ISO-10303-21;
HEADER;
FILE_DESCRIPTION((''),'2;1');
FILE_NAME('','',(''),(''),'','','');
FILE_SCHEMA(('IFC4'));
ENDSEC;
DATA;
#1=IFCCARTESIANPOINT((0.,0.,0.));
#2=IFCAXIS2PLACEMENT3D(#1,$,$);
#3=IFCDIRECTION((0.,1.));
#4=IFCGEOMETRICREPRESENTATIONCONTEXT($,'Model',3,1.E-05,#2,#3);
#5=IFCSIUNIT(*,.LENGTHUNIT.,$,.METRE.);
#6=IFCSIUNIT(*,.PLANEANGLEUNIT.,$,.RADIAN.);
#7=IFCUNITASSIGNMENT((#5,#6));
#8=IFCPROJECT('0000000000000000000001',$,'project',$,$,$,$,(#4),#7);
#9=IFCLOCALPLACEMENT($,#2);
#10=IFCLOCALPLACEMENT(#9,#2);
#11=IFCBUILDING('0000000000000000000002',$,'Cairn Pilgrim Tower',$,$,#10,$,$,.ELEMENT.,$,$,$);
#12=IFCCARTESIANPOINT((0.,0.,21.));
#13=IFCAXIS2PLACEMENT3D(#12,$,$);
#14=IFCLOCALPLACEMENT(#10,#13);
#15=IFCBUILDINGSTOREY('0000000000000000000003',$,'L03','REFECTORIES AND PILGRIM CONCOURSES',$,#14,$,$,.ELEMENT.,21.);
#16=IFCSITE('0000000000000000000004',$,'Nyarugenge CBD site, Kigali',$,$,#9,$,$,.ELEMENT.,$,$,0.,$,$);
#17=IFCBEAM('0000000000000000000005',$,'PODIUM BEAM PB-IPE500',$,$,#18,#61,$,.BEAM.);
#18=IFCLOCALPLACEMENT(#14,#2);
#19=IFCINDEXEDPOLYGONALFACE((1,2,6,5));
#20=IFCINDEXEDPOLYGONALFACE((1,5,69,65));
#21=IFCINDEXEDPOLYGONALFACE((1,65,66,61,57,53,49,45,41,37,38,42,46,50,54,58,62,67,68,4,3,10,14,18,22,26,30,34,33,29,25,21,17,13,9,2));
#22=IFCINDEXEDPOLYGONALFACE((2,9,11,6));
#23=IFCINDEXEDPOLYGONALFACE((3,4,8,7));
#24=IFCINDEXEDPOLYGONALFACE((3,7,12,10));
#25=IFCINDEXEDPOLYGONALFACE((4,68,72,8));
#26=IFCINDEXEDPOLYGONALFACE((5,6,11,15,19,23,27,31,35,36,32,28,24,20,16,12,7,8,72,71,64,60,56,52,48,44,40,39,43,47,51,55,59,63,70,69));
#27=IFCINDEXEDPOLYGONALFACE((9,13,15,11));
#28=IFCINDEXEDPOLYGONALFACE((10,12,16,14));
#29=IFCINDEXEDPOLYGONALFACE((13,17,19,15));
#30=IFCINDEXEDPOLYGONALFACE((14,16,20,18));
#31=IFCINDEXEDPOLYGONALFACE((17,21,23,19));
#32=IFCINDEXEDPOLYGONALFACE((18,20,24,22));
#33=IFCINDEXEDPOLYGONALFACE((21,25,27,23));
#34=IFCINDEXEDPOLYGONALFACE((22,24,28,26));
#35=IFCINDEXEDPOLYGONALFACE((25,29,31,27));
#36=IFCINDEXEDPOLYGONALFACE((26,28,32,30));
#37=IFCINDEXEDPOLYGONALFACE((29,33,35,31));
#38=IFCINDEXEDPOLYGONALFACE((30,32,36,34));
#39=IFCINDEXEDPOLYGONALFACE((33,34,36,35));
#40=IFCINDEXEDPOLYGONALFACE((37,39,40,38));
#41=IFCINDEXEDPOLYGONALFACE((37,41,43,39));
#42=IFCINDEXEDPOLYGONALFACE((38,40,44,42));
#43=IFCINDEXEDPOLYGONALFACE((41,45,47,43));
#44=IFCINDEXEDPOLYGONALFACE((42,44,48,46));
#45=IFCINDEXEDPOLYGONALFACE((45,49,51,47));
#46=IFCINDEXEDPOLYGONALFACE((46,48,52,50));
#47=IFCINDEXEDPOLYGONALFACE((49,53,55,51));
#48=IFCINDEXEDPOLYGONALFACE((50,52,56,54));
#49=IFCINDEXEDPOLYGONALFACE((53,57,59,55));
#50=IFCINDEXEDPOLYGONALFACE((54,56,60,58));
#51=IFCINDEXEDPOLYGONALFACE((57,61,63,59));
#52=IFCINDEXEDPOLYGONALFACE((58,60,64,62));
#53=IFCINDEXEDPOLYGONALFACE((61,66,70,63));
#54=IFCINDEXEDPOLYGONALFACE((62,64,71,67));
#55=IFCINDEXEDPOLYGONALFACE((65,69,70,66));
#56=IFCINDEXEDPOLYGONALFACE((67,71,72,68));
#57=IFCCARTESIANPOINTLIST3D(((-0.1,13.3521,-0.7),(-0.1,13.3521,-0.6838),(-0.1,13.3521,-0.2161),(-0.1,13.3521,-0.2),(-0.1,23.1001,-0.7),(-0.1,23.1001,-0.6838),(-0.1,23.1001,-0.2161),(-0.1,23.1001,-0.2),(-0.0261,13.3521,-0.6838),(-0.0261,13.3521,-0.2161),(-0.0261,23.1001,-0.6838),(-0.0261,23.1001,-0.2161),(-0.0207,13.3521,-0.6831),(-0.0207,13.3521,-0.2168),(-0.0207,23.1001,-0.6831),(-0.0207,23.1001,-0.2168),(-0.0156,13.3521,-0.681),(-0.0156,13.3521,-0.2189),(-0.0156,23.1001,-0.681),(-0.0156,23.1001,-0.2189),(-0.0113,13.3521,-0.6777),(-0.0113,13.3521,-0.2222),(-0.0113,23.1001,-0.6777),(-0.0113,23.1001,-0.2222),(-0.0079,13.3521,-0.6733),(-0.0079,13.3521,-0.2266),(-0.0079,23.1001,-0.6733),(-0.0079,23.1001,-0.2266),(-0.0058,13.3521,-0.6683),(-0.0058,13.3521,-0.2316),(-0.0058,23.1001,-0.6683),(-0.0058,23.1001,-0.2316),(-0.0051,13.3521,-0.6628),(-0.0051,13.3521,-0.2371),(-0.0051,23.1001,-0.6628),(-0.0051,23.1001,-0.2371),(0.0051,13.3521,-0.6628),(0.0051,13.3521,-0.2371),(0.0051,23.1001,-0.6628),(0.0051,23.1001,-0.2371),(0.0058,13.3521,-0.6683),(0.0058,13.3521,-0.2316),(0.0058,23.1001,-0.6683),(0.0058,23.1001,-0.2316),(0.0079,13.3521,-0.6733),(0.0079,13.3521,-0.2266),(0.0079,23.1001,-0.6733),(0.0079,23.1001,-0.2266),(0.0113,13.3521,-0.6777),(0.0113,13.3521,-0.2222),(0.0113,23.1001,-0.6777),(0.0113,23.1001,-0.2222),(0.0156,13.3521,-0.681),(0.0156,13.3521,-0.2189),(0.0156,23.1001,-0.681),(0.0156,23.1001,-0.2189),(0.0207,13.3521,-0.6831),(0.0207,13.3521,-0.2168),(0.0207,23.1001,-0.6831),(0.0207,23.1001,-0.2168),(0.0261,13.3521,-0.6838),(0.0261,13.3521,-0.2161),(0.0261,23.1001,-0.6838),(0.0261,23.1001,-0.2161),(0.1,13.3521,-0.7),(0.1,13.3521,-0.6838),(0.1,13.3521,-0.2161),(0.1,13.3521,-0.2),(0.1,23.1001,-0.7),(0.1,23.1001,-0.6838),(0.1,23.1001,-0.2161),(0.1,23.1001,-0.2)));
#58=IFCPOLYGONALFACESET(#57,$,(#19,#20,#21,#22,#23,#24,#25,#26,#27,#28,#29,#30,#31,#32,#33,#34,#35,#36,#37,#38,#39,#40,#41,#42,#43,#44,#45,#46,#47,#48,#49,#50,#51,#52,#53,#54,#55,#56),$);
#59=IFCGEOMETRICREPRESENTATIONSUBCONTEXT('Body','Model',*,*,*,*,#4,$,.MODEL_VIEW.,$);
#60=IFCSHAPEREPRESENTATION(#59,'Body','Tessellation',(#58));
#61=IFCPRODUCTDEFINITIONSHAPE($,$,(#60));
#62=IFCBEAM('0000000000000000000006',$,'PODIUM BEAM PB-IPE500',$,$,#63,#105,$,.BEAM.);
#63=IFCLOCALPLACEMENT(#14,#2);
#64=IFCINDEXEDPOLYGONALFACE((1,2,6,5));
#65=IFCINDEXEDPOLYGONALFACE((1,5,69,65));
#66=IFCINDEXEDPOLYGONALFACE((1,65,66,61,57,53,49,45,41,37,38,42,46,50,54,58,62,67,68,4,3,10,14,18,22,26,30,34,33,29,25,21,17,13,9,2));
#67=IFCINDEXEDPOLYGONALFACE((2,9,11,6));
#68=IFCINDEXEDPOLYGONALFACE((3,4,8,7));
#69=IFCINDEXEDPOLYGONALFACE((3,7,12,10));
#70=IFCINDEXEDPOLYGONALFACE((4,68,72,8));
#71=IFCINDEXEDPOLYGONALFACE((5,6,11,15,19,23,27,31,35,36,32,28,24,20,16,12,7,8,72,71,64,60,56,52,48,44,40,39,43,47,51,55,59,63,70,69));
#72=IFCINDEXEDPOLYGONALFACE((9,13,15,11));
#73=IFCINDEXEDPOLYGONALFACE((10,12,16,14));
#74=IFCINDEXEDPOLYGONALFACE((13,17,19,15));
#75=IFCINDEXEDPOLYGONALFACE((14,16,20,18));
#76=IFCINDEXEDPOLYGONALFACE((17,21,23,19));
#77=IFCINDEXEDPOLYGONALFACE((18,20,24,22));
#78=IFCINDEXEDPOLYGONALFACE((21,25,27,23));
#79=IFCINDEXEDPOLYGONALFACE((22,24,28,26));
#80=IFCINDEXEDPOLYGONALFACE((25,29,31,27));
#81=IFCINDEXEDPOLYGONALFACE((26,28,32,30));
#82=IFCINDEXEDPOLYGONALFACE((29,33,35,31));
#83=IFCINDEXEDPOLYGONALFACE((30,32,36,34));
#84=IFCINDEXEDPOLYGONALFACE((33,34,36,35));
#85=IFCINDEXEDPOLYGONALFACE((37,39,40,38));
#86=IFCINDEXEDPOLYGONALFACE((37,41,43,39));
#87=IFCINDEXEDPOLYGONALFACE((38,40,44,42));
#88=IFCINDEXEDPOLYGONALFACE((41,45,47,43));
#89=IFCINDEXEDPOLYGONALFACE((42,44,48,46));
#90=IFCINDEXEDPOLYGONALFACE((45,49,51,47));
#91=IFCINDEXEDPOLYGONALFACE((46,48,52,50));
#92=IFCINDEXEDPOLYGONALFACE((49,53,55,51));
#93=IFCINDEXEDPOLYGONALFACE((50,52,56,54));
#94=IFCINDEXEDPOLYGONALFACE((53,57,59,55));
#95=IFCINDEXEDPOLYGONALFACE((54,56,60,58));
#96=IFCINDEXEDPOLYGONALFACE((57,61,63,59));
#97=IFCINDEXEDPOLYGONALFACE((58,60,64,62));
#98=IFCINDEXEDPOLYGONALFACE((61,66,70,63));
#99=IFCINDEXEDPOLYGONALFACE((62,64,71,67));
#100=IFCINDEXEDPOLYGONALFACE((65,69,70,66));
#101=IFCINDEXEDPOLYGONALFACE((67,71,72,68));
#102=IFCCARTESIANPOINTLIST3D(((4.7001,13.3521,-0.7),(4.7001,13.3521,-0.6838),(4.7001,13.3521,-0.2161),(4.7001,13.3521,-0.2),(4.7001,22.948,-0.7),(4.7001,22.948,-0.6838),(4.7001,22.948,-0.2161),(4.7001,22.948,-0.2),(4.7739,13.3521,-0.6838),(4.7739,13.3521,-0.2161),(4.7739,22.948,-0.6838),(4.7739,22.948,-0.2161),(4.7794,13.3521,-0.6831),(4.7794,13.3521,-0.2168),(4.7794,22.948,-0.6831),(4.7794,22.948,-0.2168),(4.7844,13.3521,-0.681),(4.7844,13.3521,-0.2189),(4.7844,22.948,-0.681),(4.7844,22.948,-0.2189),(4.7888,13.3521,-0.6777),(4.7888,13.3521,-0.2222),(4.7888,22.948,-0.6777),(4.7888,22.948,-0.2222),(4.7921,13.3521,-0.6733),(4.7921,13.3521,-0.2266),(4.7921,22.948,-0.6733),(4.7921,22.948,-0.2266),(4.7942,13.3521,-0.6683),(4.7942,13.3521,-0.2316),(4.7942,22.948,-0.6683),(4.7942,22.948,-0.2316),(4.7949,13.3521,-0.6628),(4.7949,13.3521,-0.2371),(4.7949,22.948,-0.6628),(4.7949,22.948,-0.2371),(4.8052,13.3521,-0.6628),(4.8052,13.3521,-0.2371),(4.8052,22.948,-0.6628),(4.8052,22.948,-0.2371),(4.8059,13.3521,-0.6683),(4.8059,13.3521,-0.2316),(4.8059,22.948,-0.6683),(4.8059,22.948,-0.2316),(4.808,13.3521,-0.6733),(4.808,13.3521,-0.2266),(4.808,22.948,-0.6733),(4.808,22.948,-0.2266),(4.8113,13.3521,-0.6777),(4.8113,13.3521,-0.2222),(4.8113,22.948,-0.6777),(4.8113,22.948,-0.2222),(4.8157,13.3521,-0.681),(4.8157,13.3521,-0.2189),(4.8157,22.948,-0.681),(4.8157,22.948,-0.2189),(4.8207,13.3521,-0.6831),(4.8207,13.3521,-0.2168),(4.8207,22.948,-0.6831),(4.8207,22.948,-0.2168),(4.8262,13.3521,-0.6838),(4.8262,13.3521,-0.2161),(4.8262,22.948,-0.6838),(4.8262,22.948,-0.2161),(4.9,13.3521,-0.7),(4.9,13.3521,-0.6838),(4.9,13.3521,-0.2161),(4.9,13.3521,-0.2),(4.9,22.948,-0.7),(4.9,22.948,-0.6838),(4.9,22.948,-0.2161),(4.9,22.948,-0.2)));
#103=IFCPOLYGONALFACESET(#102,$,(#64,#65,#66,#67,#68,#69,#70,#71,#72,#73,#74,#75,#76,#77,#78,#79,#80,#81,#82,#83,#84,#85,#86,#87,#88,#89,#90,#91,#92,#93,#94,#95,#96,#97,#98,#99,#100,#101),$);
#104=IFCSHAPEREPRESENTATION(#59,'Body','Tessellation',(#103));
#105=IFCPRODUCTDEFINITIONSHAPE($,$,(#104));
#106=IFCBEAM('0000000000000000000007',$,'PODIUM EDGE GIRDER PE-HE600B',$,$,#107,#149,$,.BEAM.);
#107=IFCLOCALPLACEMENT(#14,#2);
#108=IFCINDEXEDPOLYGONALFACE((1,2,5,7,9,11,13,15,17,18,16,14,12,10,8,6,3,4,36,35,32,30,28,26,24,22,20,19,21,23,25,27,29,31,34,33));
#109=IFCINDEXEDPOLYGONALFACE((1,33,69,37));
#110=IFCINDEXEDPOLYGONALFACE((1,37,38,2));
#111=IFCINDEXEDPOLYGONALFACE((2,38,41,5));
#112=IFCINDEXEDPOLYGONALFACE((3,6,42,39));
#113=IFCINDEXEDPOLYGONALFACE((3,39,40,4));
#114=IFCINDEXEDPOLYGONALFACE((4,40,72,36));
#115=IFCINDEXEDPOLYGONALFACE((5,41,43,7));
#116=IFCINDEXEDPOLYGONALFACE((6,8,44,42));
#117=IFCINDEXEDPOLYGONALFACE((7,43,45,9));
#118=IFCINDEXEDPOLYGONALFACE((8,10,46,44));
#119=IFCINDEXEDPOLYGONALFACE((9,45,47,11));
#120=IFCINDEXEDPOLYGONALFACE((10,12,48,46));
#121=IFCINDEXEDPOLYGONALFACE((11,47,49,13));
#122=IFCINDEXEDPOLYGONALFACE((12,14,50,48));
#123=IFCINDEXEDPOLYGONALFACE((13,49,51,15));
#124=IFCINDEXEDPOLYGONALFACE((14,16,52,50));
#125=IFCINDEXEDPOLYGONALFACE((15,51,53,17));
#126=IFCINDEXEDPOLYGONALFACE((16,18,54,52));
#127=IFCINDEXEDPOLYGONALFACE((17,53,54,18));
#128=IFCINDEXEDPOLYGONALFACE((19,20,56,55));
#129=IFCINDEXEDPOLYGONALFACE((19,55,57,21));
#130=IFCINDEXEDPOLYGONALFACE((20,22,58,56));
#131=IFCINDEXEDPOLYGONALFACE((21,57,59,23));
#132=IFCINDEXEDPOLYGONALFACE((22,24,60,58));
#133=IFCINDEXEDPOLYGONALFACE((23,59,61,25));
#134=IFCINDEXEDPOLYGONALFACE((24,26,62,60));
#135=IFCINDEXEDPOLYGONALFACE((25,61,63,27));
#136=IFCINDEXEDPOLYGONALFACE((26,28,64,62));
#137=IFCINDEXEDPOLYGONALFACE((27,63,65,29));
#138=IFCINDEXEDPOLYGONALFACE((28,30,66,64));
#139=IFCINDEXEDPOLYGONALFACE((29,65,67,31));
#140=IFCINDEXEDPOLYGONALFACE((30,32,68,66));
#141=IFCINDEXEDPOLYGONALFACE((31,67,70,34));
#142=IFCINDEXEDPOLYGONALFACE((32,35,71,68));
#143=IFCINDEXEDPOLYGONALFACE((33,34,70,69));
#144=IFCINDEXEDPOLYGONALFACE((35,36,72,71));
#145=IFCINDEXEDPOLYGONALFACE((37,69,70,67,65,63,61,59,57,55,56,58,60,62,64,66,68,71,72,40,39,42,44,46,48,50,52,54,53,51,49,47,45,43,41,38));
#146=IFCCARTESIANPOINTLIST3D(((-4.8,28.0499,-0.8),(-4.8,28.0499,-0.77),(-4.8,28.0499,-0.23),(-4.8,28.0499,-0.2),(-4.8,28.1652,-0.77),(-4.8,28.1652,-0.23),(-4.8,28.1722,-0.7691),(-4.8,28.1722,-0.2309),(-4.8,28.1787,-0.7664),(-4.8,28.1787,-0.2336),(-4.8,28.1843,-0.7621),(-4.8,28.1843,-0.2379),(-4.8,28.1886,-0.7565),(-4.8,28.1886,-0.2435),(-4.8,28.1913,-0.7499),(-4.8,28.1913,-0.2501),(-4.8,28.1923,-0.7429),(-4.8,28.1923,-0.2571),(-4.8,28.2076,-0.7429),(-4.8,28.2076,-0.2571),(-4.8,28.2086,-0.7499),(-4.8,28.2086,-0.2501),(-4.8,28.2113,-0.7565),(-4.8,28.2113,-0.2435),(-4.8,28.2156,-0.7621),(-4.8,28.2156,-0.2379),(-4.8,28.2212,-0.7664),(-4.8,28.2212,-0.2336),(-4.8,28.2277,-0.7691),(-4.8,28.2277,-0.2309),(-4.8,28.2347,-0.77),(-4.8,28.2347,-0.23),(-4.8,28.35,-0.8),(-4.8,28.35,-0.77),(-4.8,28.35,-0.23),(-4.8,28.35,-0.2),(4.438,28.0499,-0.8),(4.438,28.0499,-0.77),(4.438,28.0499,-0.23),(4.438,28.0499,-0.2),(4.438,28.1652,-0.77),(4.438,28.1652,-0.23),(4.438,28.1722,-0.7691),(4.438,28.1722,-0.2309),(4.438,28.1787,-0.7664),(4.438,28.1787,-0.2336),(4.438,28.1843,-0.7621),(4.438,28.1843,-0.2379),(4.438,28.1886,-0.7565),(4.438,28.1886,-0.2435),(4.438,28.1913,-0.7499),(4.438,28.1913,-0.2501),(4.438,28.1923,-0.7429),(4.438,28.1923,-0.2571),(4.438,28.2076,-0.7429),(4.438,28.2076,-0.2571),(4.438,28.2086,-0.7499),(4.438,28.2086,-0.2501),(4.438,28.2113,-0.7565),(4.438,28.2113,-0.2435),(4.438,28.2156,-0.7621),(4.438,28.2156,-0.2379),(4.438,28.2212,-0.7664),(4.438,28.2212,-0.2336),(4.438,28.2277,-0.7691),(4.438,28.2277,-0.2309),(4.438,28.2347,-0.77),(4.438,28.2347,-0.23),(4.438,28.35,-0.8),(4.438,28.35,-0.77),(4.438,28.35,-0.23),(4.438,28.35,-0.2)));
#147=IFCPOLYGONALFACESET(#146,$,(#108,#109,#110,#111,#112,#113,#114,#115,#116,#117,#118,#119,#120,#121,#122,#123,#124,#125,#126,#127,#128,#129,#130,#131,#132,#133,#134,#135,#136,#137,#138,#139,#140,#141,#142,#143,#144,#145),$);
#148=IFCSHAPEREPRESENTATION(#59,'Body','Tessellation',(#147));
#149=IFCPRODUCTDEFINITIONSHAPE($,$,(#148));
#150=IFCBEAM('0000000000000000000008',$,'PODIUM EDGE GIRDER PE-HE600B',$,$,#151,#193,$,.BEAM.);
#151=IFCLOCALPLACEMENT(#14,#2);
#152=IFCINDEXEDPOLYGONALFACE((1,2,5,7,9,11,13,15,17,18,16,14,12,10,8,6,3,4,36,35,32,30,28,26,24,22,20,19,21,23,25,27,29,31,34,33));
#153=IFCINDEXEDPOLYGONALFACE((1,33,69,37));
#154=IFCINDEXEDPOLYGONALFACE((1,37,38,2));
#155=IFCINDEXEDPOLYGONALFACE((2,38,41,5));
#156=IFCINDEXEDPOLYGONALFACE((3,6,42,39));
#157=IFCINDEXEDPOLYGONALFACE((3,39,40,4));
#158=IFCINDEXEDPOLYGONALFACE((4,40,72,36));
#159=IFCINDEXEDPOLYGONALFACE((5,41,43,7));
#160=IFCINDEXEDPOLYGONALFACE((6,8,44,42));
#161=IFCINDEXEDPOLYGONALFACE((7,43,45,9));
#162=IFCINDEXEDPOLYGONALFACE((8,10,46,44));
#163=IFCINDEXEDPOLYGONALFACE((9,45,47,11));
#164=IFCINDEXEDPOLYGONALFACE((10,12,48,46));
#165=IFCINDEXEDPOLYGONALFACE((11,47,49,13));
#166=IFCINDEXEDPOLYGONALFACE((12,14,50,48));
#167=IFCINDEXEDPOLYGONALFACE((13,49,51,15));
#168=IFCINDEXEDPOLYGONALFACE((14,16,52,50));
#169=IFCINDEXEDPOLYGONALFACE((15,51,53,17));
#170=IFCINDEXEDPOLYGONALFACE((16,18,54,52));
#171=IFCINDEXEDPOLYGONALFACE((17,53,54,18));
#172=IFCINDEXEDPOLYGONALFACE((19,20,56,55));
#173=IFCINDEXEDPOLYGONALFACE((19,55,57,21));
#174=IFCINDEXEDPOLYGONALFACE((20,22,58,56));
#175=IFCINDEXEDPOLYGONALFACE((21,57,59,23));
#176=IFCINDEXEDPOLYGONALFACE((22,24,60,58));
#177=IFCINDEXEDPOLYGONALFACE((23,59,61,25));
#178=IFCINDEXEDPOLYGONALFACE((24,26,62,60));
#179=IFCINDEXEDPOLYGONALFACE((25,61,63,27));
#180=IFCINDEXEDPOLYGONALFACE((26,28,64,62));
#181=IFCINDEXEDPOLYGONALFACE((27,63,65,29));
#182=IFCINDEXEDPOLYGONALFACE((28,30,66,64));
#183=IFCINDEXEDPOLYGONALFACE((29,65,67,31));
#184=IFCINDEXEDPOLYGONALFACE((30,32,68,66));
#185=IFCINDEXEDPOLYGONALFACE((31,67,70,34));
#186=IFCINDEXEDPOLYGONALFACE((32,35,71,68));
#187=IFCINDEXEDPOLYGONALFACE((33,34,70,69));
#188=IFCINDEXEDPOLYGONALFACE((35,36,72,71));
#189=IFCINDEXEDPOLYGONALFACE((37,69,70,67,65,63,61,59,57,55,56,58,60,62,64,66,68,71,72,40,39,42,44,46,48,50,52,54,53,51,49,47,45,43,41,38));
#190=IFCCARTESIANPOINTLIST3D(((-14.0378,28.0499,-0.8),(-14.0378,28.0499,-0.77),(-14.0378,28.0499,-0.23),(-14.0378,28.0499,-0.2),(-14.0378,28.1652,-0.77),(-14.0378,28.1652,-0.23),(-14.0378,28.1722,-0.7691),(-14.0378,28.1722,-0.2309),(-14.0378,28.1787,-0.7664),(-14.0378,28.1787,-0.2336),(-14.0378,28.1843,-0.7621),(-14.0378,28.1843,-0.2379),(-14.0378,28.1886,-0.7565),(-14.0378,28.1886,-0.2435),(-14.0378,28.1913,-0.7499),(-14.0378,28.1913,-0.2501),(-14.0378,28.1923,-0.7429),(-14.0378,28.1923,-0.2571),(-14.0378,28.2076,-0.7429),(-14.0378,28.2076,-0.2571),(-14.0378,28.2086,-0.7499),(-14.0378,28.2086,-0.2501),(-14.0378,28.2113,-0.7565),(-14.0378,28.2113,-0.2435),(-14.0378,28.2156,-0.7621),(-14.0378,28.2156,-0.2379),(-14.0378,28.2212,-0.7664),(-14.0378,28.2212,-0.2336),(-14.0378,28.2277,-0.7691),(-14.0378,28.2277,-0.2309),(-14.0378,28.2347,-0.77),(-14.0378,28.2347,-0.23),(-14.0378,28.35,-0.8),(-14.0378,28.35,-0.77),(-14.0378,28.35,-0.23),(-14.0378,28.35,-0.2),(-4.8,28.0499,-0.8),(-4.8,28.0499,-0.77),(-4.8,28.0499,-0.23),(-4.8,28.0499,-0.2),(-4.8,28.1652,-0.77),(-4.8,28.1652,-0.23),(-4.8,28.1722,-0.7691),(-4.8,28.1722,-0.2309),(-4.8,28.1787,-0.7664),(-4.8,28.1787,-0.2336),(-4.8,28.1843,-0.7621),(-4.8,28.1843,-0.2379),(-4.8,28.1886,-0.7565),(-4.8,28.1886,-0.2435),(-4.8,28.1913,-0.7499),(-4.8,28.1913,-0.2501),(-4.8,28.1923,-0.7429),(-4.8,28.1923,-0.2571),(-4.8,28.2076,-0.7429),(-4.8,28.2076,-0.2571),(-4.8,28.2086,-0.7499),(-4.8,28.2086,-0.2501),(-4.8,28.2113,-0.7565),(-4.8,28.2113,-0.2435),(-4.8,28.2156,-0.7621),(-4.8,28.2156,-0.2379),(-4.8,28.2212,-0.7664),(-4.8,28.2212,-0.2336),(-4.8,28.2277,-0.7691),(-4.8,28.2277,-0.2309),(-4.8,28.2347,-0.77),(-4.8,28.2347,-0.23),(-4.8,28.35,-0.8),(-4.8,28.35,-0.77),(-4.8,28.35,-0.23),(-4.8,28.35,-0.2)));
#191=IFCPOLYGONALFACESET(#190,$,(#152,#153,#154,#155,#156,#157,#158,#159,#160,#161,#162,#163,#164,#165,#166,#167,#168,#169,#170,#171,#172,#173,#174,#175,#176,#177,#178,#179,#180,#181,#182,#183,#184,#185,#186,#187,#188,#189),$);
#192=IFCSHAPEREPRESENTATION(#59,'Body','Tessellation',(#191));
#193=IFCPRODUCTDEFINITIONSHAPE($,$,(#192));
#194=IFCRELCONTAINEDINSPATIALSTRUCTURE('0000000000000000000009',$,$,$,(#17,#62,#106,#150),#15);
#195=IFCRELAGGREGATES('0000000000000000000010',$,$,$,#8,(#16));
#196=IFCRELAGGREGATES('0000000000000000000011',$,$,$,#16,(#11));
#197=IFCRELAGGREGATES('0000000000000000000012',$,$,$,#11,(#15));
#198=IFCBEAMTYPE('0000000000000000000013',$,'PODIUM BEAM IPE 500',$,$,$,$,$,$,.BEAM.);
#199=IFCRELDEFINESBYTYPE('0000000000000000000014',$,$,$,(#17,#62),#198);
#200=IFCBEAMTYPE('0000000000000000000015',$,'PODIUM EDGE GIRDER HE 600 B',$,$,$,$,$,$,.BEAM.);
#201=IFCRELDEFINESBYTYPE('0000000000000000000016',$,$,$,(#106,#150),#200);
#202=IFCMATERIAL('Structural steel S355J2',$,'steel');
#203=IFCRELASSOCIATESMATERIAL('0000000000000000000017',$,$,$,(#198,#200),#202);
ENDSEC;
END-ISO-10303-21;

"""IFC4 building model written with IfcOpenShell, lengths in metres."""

from ifc_helpers import new_model, si_unit, direction, frame, origin, origin_2d, place, context, subcontext, project, spatial, i_section, extrude, material, material_profile, profile_set, type_object, element, save


model = new_model("IFC4")

# Units and contexts
model_context = context("Model", 3, precision=1e-05, world=origin(), true_north=direction((0.0, 1.0)))
body_context = subcontext(model_context, "Body", "Model", "MODEL_VIEW")
ifc_project = project(units=[si_unit("LENGTHUNIT", "METRE"), si_unit("PLANEANGLEUNIT", "RADIAN")], contexts=[model_context])

# Site, building, storey
site_placement = place(None, origin())
site = spatial("IfcSite", under=ifc_project, at=site_placement, Name="Nyarugenge CBD site, Kigali", CompositionType="ELEMENT", RefElevation=0.0)
building_placement = place(site_placement, origin())
building = spatial("IfcBuilding", under=site, at=building_placement, Name="Cairn Pilgrim Tower", CompositionType="ELEMENT")
storey_placement = place(building_placement, frame((0.0, 0.0, 21.0)))
storey = spatial("IfcBuildingStorey", under=building, at=storey_placement, Name="L03", Description="REFECTORIES AND PILGRIM CONCOURSES", CompositionType="ELEMENT", Elevation=21.0)

# Beams
ifc_material_1 = material(Name="Structural steel S355J2", Category="steel")
ifc_material_profile_1 = material_profile(ifc_material_1, i_section(OverallWidth=0.2, OverallDepth=0.5, WebThickness=0.0103, FlangeThickness=0.0161, FilletRadius=0.021, at=origin_2d()), Name="IPE 500")
ifc_profile_set_1 = profile_set([ifc_material_profile_1], Name="Structural steel S355J2")
beam_type_1 = type_object("IfcBeamType", Name="PODIUM BEAM IPE 500", PredefinedType="BEAM", material=ifc_profile_set_1)
beam_1_placement = place(storey_placement, frame((0.0, 13.3521, -0.45), z_axis=(0.0, 1.0, 0.0), x_axis=(-1.0, 0.0, 0.0)))
element("IfcBeam", 1, at=beam_1_placement, inside=storey, type_object=beam_type_1, Name="PODIUM BEAM PB-IPE500", PredefinedType="BEAM", context=body_context, shape_type="SweptSolid", body=[
    extrude(i_section(OverallWidth=0.2, OverallDepth=0.5, WebThickness=0.0103, FlangeThickness=0.0161, FilletRadius=0.021, at=origin_2d()), origin(), (0.0, 0.0, 1.0), 9.748),
])
beam_2_placement = place(storey_placement, frame((4.8, 13.3521, -0.45), z_axis=(0.0, 1.0, 0.0), x_axis=(-1.0, 0.0, 0.0)))
element("IfcBeam", 2, at=beam_2_placement, inside=storey, type_object=beam_type_1, Name="PODIUM BEAM PB-IPE500", PredefinedType="BEAM", context=body_context, shape_type="SweptSolid", body=[
    extrude(i_section(OverallWidth=0.2, OverallDepth=0.5, WebThickness=0.0103, FlangeThickness=0.0161, FilletRadius=0.021, at=origin_2d()), origin(), (0.0, 0.0, 1.0), 9.5959),
])
ifc_material_profile_2 = material_profile(ifc_material_1, i_section(OverallWidth=0.3, OverallDepth=0.6001, WebThickness=0.0154, FlangeThickness=0.03, FilletRadius=0.0271, at=origin_2d()), Name="HEB 600")
ifc_profile_set_2 = profile_set([ifc_material_profile_2], Name="Structural steel S355J2")
beam_type_2 = type_object("IfcBeamType", Name="PODIUM EDGE GIRDER HE 600 B", PredefinedType="BEAM", material=ifc_profile_set_2)
beam_3_placement = place(storey_placement, frame((4.438, 28.2, -0.5), z_axis=(-1.0, 0.0, 0.0), x_axis=(0.0, -1.0, 0.0)))
element("IfcBeam", 3, at=beam_3_placement, inside=storey, type_object=beam_type_2, Name="PODIUM EDGE GIRDER PE-HE600B", PredefinedType="BEAM", context=body_context, shape_type="SweptSolid", body=[
    extrude(i_section(OverallWidth=0.3, OverallDepth=0.6001, WebThickness=0.0154, FlangeThickness=0.03, FilletRadius=0.0271, at=origin_2d()), origin(), (0.0, 0.0, 1.0), 9.238),
])
beam_4_placement = place(storey_placement, frame((-4.8, 28.2, -0.5), z_axis=(-1.0, 0.0, 0.0), x_axis=(0.0, -1.0, 0.0)))
element("IfcBeam", 4, at=beam_4_placement, inside=storey, type_object=beam_type_2, Name="PODIUM EDGE GIRDER PE-HE600B", PredefinedType="BEAM", context=body_context, shape_type="SweptSolid", body=[
    extrude(i_section(OverallWidth=0.3, OverallDepth=0.6001, WebThickness=0.0154, FlangeThickness=0.03, FilletRadius=0.0271, at=origin_2d()), origin(), (0.0, 0.0, 1.0), 9.2378),
])

save(model, "model.ifc")
